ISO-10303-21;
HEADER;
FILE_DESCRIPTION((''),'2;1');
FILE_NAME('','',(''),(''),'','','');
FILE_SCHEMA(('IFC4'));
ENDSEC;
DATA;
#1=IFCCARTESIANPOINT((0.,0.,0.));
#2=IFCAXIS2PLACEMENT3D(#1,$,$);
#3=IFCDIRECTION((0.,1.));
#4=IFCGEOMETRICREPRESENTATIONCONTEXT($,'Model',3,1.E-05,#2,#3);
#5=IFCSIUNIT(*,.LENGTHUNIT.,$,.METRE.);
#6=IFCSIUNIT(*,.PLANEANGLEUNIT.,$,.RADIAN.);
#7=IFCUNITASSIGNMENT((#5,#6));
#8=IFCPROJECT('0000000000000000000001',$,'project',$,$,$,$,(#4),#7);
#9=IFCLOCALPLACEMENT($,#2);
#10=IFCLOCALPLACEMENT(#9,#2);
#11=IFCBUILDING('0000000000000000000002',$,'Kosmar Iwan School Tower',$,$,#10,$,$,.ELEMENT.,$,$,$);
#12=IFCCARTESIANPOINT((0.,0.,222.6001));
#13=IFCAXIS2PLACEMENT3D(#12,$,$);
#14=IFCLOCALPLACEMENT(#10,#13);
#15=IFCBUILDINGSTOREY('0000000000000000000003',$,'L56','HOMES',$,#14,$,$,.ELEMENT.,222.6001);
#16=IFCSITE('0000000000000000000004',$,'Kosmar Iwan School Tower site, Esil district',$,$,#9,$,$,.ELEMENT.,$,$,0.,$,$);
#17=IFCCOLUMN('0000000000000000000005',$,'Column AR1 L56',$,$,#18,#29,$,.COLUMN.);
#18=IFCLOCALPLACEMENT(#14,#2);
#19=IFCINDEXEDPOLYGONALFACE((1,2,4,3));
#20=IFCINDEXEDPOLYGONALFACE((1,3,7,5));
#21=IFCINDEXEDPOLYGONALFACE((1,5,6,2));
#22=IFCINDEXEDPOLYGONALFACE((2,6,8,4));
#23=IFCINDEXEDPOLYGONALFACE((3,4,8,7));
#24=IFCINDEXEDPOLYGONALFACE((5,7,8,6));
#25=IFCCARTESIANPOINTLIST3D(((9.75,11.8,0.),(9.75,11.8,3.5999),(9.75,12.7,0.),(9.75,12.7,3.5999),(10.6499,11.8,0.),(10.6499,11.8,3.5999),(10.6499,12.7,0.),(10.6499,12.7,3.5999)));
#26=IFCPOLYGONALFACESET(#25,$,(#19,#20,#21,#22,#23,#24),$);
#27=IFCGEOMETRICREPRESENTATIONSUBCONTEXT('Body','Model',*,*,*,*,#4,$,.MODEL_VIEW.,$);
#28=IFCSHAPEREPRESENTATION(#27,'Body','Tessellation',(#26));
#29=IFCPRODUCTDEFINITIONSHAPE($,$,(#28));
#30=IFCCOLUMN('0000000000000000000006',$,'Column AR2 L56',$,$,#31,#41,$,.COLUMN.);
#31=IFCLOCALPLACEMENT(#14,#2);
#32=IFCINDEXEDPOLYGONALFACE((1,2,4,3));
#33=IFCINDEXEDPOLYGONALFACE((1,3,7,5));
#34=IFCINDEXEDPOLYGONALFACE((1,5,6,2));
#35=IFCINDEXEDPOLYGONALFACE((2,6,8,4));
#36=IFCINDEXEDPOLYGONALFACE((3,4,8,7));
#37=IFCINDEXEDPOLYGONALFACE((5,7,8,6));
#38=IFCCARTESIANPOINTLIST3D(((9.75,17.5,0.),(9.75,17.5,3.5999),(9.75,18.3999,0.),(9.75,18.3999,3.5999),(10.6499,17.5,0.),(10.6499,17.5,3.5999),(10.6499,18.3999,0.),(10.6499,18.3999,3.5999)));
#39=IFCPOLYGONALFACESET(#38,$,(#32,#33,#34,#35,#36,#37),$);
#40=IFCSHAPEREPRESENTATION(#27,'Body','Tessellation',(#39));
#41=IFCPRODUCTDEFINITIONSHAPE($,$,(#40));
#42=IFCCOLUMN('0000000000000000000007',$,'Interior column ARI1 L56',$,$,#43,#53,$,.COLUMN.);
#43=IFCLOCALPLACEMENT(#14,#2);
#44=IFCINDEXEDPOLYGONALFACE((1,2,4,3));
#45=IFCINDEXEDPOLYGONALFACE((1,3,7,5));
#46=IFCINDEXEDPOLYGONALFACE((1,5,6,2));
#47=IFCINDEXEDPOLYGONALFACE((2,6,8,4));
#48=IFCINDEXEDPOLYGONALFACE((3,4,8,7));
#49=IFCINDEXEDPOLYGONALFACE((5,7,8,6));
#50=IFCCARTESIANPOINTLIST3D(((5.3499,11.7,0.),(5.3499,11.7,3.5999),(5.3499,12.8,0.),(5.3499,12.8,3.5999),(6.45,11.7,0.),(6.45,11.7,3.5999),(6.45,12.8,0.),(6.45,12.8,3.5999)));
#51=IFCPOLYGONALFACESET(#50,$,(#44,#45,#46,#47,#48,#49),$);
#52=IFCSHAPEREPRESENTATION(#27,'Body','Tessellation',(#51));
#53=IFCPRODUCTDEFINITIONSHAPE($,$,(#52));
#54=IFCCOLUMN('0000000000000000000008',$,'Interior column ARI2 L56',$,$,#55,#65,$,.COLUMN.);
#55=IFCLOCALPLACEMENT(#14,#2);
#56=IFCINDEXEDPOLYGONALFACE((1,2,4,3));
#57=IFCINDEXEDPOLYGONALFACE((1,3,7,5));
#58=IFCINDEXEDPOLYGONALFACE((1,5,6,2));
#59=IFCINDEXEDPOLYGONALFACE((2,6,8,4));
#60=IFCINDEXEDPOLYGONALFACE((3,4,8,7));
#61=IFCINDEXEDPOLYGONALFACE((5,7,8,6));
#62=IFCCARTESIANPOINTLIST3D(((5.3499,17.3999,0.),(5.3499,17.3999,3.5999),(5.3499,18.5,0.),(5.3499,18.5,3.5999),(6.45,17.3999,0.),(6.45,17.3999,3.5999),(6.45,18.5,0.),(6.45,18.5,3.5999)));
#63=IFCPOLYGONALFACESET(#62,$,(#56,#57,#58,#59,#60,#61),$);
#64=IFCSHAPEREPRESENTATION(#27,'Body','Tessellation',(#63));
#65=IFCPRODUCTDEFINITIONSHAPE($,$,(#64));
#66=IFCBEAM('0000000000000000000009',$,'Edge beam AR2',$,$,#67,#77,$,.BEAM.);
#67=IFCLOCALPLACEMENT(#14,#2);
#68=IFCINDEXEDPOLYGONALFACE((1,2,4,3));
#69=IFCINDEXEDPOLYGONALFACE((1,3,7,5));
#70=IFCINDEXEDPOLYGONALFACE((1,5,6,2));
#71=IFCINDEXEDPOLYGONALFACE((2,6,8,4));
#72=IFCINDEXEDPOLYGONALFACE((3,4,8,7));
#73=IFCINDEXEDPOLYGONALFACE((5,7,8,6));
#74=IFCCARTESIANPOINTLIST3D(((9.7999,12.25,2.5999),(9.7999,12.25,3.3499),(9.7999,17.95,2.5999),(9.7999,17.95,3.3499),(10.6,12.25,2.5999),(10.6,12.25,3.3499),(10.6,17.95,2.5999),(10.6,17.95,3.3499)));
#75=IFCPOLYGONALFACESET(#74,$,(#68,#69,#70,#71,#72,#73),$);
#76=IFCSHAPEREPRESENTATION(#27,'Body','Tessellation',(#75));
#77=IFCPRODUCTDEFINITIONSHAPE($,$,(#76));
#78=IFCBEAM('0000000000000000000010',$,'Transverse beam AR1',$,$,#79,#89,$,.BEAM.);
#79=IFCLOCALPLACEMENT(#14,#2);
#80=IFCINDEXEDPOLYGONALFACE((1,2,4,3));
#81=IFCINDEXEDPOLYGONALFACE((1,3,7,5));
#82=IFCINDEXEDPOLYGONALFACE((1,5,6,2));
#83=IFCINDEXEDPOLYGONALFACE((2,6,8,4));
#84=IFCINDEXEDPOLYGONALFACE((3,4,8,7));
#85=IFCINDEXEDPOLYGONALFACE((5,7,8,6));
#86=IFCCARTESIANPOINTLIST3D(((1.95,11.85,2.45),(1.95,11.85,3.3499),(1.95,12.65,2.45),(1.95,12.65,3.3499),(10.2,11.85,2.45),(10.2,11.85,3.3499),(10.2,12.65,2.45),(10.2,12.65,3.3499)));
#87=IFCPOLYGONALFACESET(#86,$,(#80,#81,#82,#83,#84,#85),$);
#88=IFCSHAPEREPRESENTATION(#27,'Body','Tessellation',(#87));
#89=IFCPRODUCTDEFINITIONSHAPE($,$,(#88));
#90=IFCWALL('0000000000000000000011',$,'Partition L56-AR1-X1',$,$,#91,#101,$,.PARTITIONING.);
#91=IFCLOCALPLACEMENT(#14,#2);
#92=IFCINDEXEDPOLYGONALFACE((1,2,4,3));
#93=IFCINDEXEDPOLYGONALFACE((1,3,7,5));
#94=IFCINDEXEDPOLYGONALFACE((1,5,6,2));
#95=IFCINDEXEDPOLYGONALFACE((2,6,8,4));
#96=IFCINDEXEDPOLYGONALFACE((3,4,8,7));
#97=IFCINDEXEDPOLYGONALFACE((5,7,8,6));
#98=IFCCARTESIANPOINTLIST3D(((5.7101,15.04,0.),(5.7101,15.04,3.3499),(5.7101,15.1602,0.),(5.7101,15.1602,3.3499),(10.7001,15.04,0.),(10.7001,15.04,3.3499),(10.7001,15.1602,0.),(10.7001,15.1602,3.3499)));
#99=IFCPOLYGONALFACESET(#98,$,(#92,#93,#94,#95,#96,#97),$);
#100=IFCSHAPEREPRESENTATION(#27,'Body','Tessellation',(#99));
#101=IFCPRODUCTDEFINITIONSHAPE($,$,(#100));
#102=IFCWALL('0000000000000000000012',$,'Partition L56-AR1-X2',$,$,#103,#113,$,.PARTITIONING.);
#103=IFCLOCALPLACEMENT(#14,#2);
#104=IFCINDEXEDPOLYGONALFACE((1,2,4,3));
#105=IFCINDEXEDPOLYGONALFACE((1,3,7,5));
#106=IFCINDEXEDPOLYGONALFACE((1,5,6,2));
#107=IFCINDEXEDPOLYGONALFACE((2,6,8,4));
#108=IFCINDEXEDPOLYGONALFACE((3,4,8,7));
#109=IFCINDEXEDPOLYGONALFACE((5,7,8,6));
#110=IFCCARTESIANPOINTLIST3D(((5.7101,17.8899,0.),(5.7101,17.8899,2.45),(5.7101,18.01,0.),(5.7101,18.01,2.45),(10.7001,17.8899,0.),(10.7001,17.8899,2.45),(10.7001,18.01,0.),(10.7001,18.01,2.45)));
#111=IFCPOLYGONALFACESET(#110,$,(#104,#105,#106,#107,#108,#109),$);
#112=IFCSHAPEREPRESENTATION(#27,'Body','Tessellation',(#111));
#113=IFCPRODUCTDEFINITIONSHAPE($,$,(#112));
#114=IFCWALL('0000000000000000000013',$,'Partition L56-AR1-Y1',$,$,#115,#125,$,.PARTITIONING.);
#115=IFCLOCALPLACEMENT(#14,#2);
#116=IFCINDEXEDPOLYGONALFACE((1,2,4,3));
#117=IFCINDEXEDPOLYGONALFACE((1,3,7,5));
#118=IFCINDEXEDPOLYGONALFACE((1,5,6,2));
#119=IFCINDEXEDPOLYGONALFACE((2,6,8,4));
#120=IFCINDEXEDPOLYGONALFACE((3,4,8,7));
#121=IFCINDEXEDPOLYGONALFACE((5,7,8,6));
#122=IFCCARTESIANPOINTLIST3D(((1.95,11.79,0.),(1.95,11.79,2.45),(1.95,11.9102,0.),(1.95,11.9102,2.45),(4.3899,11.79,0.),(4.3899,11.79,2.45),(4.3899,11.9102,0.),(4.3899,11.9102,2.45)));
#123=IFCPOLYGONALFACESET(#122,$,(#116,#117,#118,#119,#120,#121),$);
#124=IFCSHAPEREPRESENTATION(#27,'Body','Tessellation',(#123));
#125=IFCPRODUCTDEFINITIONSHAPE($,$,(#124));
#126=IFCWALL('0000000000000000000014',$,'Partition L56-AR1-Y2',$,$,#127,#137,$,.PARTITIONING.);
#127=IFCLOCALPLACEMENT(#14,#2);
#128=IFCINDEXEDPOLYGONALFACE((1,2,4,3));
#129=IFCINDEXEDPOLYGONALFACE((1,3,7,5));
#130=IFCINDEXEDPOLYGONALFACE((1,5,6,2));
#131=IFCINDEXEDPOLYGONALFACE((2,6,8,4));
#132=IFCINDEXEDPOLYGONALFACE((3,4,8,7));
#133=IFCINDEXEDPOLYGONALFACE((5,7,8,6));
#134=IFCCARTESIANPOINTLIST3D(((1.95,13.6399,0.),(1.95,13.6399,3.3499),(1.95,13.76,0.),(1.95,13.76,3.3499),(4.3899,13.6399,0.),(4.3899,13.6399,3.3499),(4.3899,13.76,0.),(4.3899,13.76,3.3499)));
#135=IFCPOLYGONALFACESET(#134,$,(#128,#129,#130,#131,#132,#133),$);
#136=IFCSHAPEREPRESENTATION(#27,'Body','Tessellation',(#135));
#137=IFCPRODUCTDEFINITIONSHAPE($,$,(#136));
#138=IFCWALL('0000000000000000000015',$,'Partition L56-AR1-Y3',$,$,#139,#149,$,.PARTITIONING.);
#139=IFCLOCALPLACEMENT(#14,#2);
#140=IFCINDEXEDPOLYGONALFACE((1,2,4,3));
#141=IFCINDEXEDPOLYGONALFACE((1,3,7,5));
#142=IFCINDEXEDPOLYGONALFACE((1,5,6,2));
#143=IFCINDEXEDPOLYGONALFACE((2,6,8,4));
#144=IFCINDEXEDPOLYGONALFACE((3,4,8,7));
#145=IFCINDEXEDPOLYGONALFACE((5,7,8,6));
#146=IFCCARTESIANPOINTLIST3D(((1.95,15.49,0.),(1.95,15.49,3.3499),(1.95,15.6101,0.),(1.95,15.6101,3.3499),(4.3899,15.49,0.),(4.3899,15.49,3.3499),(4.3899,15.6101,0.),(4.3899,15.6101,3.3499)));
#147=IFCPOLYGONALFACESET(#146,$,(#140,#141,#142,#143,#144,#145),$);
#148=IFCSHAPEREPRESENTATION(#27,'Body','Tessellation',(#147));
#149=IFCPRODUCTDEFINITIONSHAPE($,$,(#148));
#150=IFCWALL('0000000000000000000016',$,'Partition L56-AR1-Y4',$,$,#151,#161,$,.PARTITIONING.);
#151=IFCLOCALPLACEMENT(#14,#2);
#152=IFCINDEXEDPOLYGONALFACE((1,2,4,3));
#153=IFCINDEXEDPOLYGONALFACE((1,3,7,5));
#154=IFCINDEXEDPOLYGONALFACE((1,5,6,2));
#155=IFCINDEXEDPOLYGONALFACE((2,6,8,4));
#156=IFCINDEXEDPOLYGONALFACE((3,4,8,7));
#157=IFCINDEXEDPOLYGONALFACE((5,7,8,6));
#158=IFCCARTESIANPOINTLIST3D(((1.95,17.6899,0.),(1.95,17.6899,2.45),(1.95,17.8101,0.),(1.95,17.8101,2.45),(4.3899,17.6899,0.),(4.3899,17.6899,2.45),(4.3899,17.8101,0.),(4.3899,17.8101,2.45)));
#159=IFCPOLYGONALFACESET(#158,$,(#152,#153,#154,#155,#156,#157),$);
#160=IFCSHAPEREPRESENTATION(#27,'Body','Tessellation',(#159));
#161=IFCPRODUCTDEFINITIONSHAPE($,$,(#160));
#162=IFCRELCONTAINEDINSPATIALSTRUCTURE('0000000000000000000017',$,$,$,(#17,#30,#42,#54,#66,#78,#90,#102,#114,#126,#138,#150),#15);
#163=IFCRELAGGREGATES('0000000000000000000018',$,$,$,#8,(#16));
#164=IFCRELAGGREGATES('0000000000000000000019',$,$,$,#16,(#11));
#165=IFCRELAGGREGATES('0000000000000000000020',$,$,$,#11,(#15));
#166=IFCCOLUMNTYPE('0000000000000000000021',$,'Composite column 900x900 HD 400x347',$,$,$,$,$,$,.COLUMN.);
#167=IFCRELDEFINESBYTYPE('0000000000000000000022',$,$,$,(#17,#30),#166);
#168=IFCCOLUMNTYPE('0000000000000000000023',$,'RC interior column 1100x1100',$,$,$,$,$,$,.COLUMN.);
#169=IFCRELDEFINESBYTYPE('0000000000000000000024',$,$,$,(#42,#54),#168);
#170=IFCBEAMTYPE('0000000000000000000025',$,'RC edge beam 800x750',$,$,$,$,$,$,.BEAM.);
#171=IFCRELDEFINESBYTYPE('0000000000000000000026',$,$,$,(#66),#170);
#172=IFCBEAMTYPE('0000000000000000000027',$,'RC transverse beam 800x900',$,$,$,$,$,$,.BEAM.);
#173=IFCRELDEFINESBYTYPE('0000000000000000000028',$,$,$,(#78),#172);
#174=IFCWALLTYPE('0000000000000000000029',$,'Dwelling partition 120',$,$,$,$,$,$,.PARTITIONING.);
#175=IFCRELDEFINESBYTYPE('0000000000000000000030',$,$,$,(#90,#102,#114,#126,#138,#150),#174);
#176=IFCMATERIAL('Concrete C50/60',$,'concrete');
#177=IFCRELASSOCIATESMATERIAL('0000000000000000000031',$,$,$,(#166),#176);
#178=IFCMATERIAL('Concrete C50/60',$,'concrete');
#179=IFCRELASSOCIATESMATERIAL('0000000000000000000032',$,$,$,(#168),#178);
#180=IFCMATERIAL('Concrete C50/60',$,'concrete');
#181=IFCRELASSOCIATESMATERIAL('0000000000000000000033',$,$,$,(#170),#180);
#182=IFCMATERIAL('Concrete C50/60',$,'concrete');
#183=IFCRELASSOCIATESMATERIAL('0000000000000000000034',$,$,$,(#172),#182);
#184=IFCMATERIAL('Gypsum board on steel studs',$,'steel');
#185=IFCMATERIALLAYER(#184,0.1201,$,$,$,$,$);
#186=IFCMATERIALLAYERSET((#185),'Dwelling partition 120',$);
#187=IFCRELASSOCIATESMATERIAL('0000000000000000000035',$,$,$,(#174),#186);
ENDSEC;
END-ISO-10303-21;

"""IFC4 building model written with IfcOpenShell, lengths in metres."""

from ifc_helpers import new_model, si_unit, direction, frame, frame_2d, origin, origin_2d, place, context, subcontext, project, spatial, rectangle, extrude, material, layer, layer_set, material_profile, profile_set, type_object, element, save


model = new_model("IFC4")

# Units and contexts
model_context = context("Model", 3, precision=1e-05, world=origin(), true_north=direction((0.0, 1.0)))
body_context = subcontext(model_context, "Body", "Model", "MODEL_VIEW")
ifc_project = project(units=[si_unit("LENGTHUNIT", "METRE"), si_unit("PLANEANGLEUNIT", "RADIAN")], contexts=[model_context])

# Site, building, storey
site_placement = place(None, origin())
site = spatial("IfcSite", under=ifc_project, at=site_placement, Name="Kosmar Iwan School Tower site, Esil district", CompositionType="ELEMENT", RefElevation=0.0)
building_placement = place(site_placement, origin())
building = spatial("IfcBuilding", under=site, at=building_placement, Name="Kosmar Iwan School Tower", CompositionType="ELEMENT")
storey_placement = place(building_placement, frame((0.0, 0.0, 222.6001)))
storey = spatial("IfcBuildingStorey", under=building, at=storey_placement, Name="L56", Description="HOMES", CompositionType="ELEMENT", Elevation=222.6001)

# Columns
ifc_material_1 = material(Name="Concrete C50/60", Category="concrete")
ifc_material_profile_1 = material_profile(ifc_material_1, rectangle(XDim=0.8999, YDim=0.8999, at=origin_2d()), Name="RC 900x900 + HD 400x347")
ifc_profile_set_1 = profile_set([ifc_material_profile_1], Name="Concrete C50/60")
column_type_1 = type_object("IfcColumnType", Name="Composite column 900x900 HD 400x347", PredefinedType="COLUMN", material=ifc_profile_set_1)
for number, where, z_axis, x_axis, name in (
    (1, (10.2, 12.25, 0.0), (0.0, 0.0, 1.0), (0.0, 1.0, 0.0), "Column AR1 L56"),
    (2, (10.2, 17.95, 0.0), (0.0, 0.0, 1.0), (0.0, 1.0, 0.0), "Column AR2 L56"),
):
    element("IfcColumn", number, at=place(storey_placement, frame(where, z_axis=z_axis, x_axis=x_axis)), inside=storey, type_object=column_type_1, Name=name, PredefinedType="COLUMN", context=body_context, shape_type="SweptSolid", body=[
        extrude(rectangle(XDim=0.8999, YDim=0.8999, at=origin_2d()), origin(), (0.0, 0.0, 1.0), 3.5999),
    ])
ifc_material_2 = material(Name="Concrete C50/60", Category="concrete")
ifc_material_profile_2 = material_profile(ifc_material_2, rectangle(XDim=1.1001, YDim=1.1001, at=origin_2d()), Name="RC 1100x1100")
ifc_profile_set_2 = profile_set([ifc_material_profile_2], Name="Concrete C50/60")
column_type_2 = type_object("IfcColumnType", Name="RC interior column 1100x1100", PredefinedType="COLUMN", material=ifc_profile_set_2)
for number, where, z_axis, x_axis, name in (
    (3, (5.8999, 12.25, 0.0), (0.0, 0.0, 1.0), (0.0, 1.0, 0.0), "Interior column ARI1 L56"),
    (4, (5.8999, 17.95, 0.0), (0.0, 0.0, 1.0), (0.0, 1.0, 0.0), "Interior column ARI2 L56"),
):
    element("IfcColumn", number, at=place(storey_placement, frame(where, z_axis=z_axis, x_axis=x_axis)), inside=storey, type_object=column_type_2, Name=name, PredefinedType="COLUMN", context=body_context, shape_type="SweptSolid", body=[
        extrude(rectangle(XDim=1.1001, YDim=1.1001, at=origin_2d()), origin(), (0.0, 0.0, 1.0), 3.5999),
    ])

# Beams
ifc_material_3 = material(Name="Concrete C50/60", Category="concrete")
ifc_material_profile_3 = material_profile(ifc_material_3, rectangle(XDim=0.8, YDim=0.75, at=origin_2d()), Name="RC 800x750")
ifc_profile_set_3 = profile_set([ifc_material_profile_3], Name="Concrete C50/60")
beam_type_1 = type_object("IfcBeamType", Name="RC edge beam 800x750", PredefinedType="BEAM", material=ifc_profile_set_3)
beam_1_placement = place(storey_placement, frame((10.2, 12.25, 2.9749), z_axis=(0.0, 1.0, 0.0), x_axis=(-1.0, 0.0, 0.0)))
element("IfcBeam", 5, at=beam_1_placement, inside=storey, type_object=beam_type_1, Name="Edge beam AR2", PredefinedType="BEAM", context=body_context, shape_type="SweptSolid", body=[
    extrude(rectangle(XDim=0.8, YDim=0.75, at=origin_2d()), origin(), (0.0, 0.0, 1.0), 5.7),
])
ifc_material_4 = material(Name="Concrete C50/60", Category="concrete")
ifc_material_profile_4 = material_profile(ifc_material_4, rectangle(XDim=0.8, YDim=0.8999, at=origin_2d()), Name="RC 800x900")
ifc_profile_set_4 = profile_set([ifc_material_profile_4], Name="Concrete C50/60")
beam_type_2 = type_object("IfcBeamType", Name="RC transverse beam 800x900", PredefinedType="BEAM", material=ifc_profile_set_4)
beam_2_placement = place(storey_placement, frame((10.2, 12.25, 2.8999), z_axis=(-1.0, 0.0, 0.0), x_axis=(0.0, -1.0, 0.0)))
element("IfcBeam", 6, at=beam_2_placement, inside=storey, type_object=beam_type_2, Name="Transverse beam AR1", PredefinedType="BEAM", context=body_context, shape_type="SweptSolid", body=[
    extrude(rectangle(XDim=0.8, YDim=0.8999, at=origin_2d()), origin(), (0.0, 0.0, 1.0), 8.25),
])

# Walls
ifc_material_5 = material(Name="Gypsum board on steel studs", Category="steel")
ifc_layer = layer(ifc_material_5, 0.1201)
ifc_layer_set = layer_set([ifc_layer], Name="Dwelling partition 120")
wall_type = type_object("IfcWallType", Name="Dwelling partition 120", PredefinedType="PARTITIONING", material=ifc_layer_set)
wall_1_placement = place(storey_placement, frame((5.71, 15.1001, 0.0), z_axis=(0.0, 0.0, 1.0), x_axis=(1.0, 0.0, 0.0)))
element("IfcWall", 7, at=wall_1_placement, inside=storey, type_object=wall_type, Name="Partition L56-AR1-X1", PredefinedType="PARTITIONING", context=body_context, shape_type="SweptSolid", body=[
    extrude(rectangle(XDim=4.99, YDim=0.1201, at=frame_2d((2.4951, 0.0))), origin(), (0.0, 0.0, 1.0), 3.3499),
])
wall_2_placement = place(storey_placement, frame((5.71, 17.95, 0.0), z_axis=(0.0, 0.0, 1.0), x_axis=(1.0, 0.0, 0.0)))
element("IfcWall", 8, at=wall_2_placement, inside=storey, type_object=wall_type, Name="Partition L56-AR1-X2", PredefinedType="PARTITIONING", context=body_context, shape_type="SweptSolid", body=[
    extrude(rectangle(XDim=4.99, YDim=0.1201, at=frame_2d((2.4951, 0.0))), origin(), (0.0, 0.0, 1.0), 2.45),
])
wall_3_placement = place(storey_placement, frame((1.95, 11.8501, 0.0), z_axis=(0.0, 0.0, 1.0), x_axis=(1.0, 0.0, 0.0)))
element("IfcWall", 9, at=wall_3_placement, inside=storey, type_object=wall_type, Name="Partition L56-AR1-Y1", PredefinedType="PARTITIONING", context=body_context, shape_type="SweptSolid", body=[
    extrude(rectangle(XDim=2.4399, YDim=0.1201, at=frame_2d((1.22, 0.0))), origin(), (0.0, 0.0, 1.0), 2.45),
])
for number, where, z_axis, x_axis, name in (
    (10, (1.95, 13.7, 0.0), (0.0, 0.0, 1.0), (1.0, 0.0, 0.0), "Partition L56-AR1-Y2"),
    (11, (1.95, 15.55, 0.0), (0.0, 0.0, 1.0), (1.0, 0.0, 0.0), "Partition L56-AR1-Y3"),
):
    element("IfcWall", number, at=place(storey_placement, frame(where, z_axis=z_axis, x_axis=x_axis)), inside=storey, type_object=wall_type, Name=name, PredefinedType="PARTITIONING", context=body_context, shape_type="SweptSolid", body=[
        extrude(rectangle(XDim=2.4399, YDim=0.1201, at=frame_2d((1.22, 0.0))), origin(), (0.0, 0.0, 1.0), 3.3499),
    ])
wall_4_placement = place(storey_placement, frame((1.95, 17.75, 0.0), z_axis=(0.0, 0.0, 1.0), x_axis=(1.0, 0.0, 0.0)))
element("IfcWall", 12, at=wall_4_placement, inside=storey, type_object=wall_type, Name="Partition L56-AR1-Y4", PredefinedType="PARTITIONING", context=body_context, shape_type="SweptSolid", body=[
    extrude(rectangle(XDim=2.4399, YDim=0.1201, at=frame_2d((1.22, 0.0))), origin(), (0.0, 0.0, 1.0), 2.45),
])

save(model, "model.ifc")
